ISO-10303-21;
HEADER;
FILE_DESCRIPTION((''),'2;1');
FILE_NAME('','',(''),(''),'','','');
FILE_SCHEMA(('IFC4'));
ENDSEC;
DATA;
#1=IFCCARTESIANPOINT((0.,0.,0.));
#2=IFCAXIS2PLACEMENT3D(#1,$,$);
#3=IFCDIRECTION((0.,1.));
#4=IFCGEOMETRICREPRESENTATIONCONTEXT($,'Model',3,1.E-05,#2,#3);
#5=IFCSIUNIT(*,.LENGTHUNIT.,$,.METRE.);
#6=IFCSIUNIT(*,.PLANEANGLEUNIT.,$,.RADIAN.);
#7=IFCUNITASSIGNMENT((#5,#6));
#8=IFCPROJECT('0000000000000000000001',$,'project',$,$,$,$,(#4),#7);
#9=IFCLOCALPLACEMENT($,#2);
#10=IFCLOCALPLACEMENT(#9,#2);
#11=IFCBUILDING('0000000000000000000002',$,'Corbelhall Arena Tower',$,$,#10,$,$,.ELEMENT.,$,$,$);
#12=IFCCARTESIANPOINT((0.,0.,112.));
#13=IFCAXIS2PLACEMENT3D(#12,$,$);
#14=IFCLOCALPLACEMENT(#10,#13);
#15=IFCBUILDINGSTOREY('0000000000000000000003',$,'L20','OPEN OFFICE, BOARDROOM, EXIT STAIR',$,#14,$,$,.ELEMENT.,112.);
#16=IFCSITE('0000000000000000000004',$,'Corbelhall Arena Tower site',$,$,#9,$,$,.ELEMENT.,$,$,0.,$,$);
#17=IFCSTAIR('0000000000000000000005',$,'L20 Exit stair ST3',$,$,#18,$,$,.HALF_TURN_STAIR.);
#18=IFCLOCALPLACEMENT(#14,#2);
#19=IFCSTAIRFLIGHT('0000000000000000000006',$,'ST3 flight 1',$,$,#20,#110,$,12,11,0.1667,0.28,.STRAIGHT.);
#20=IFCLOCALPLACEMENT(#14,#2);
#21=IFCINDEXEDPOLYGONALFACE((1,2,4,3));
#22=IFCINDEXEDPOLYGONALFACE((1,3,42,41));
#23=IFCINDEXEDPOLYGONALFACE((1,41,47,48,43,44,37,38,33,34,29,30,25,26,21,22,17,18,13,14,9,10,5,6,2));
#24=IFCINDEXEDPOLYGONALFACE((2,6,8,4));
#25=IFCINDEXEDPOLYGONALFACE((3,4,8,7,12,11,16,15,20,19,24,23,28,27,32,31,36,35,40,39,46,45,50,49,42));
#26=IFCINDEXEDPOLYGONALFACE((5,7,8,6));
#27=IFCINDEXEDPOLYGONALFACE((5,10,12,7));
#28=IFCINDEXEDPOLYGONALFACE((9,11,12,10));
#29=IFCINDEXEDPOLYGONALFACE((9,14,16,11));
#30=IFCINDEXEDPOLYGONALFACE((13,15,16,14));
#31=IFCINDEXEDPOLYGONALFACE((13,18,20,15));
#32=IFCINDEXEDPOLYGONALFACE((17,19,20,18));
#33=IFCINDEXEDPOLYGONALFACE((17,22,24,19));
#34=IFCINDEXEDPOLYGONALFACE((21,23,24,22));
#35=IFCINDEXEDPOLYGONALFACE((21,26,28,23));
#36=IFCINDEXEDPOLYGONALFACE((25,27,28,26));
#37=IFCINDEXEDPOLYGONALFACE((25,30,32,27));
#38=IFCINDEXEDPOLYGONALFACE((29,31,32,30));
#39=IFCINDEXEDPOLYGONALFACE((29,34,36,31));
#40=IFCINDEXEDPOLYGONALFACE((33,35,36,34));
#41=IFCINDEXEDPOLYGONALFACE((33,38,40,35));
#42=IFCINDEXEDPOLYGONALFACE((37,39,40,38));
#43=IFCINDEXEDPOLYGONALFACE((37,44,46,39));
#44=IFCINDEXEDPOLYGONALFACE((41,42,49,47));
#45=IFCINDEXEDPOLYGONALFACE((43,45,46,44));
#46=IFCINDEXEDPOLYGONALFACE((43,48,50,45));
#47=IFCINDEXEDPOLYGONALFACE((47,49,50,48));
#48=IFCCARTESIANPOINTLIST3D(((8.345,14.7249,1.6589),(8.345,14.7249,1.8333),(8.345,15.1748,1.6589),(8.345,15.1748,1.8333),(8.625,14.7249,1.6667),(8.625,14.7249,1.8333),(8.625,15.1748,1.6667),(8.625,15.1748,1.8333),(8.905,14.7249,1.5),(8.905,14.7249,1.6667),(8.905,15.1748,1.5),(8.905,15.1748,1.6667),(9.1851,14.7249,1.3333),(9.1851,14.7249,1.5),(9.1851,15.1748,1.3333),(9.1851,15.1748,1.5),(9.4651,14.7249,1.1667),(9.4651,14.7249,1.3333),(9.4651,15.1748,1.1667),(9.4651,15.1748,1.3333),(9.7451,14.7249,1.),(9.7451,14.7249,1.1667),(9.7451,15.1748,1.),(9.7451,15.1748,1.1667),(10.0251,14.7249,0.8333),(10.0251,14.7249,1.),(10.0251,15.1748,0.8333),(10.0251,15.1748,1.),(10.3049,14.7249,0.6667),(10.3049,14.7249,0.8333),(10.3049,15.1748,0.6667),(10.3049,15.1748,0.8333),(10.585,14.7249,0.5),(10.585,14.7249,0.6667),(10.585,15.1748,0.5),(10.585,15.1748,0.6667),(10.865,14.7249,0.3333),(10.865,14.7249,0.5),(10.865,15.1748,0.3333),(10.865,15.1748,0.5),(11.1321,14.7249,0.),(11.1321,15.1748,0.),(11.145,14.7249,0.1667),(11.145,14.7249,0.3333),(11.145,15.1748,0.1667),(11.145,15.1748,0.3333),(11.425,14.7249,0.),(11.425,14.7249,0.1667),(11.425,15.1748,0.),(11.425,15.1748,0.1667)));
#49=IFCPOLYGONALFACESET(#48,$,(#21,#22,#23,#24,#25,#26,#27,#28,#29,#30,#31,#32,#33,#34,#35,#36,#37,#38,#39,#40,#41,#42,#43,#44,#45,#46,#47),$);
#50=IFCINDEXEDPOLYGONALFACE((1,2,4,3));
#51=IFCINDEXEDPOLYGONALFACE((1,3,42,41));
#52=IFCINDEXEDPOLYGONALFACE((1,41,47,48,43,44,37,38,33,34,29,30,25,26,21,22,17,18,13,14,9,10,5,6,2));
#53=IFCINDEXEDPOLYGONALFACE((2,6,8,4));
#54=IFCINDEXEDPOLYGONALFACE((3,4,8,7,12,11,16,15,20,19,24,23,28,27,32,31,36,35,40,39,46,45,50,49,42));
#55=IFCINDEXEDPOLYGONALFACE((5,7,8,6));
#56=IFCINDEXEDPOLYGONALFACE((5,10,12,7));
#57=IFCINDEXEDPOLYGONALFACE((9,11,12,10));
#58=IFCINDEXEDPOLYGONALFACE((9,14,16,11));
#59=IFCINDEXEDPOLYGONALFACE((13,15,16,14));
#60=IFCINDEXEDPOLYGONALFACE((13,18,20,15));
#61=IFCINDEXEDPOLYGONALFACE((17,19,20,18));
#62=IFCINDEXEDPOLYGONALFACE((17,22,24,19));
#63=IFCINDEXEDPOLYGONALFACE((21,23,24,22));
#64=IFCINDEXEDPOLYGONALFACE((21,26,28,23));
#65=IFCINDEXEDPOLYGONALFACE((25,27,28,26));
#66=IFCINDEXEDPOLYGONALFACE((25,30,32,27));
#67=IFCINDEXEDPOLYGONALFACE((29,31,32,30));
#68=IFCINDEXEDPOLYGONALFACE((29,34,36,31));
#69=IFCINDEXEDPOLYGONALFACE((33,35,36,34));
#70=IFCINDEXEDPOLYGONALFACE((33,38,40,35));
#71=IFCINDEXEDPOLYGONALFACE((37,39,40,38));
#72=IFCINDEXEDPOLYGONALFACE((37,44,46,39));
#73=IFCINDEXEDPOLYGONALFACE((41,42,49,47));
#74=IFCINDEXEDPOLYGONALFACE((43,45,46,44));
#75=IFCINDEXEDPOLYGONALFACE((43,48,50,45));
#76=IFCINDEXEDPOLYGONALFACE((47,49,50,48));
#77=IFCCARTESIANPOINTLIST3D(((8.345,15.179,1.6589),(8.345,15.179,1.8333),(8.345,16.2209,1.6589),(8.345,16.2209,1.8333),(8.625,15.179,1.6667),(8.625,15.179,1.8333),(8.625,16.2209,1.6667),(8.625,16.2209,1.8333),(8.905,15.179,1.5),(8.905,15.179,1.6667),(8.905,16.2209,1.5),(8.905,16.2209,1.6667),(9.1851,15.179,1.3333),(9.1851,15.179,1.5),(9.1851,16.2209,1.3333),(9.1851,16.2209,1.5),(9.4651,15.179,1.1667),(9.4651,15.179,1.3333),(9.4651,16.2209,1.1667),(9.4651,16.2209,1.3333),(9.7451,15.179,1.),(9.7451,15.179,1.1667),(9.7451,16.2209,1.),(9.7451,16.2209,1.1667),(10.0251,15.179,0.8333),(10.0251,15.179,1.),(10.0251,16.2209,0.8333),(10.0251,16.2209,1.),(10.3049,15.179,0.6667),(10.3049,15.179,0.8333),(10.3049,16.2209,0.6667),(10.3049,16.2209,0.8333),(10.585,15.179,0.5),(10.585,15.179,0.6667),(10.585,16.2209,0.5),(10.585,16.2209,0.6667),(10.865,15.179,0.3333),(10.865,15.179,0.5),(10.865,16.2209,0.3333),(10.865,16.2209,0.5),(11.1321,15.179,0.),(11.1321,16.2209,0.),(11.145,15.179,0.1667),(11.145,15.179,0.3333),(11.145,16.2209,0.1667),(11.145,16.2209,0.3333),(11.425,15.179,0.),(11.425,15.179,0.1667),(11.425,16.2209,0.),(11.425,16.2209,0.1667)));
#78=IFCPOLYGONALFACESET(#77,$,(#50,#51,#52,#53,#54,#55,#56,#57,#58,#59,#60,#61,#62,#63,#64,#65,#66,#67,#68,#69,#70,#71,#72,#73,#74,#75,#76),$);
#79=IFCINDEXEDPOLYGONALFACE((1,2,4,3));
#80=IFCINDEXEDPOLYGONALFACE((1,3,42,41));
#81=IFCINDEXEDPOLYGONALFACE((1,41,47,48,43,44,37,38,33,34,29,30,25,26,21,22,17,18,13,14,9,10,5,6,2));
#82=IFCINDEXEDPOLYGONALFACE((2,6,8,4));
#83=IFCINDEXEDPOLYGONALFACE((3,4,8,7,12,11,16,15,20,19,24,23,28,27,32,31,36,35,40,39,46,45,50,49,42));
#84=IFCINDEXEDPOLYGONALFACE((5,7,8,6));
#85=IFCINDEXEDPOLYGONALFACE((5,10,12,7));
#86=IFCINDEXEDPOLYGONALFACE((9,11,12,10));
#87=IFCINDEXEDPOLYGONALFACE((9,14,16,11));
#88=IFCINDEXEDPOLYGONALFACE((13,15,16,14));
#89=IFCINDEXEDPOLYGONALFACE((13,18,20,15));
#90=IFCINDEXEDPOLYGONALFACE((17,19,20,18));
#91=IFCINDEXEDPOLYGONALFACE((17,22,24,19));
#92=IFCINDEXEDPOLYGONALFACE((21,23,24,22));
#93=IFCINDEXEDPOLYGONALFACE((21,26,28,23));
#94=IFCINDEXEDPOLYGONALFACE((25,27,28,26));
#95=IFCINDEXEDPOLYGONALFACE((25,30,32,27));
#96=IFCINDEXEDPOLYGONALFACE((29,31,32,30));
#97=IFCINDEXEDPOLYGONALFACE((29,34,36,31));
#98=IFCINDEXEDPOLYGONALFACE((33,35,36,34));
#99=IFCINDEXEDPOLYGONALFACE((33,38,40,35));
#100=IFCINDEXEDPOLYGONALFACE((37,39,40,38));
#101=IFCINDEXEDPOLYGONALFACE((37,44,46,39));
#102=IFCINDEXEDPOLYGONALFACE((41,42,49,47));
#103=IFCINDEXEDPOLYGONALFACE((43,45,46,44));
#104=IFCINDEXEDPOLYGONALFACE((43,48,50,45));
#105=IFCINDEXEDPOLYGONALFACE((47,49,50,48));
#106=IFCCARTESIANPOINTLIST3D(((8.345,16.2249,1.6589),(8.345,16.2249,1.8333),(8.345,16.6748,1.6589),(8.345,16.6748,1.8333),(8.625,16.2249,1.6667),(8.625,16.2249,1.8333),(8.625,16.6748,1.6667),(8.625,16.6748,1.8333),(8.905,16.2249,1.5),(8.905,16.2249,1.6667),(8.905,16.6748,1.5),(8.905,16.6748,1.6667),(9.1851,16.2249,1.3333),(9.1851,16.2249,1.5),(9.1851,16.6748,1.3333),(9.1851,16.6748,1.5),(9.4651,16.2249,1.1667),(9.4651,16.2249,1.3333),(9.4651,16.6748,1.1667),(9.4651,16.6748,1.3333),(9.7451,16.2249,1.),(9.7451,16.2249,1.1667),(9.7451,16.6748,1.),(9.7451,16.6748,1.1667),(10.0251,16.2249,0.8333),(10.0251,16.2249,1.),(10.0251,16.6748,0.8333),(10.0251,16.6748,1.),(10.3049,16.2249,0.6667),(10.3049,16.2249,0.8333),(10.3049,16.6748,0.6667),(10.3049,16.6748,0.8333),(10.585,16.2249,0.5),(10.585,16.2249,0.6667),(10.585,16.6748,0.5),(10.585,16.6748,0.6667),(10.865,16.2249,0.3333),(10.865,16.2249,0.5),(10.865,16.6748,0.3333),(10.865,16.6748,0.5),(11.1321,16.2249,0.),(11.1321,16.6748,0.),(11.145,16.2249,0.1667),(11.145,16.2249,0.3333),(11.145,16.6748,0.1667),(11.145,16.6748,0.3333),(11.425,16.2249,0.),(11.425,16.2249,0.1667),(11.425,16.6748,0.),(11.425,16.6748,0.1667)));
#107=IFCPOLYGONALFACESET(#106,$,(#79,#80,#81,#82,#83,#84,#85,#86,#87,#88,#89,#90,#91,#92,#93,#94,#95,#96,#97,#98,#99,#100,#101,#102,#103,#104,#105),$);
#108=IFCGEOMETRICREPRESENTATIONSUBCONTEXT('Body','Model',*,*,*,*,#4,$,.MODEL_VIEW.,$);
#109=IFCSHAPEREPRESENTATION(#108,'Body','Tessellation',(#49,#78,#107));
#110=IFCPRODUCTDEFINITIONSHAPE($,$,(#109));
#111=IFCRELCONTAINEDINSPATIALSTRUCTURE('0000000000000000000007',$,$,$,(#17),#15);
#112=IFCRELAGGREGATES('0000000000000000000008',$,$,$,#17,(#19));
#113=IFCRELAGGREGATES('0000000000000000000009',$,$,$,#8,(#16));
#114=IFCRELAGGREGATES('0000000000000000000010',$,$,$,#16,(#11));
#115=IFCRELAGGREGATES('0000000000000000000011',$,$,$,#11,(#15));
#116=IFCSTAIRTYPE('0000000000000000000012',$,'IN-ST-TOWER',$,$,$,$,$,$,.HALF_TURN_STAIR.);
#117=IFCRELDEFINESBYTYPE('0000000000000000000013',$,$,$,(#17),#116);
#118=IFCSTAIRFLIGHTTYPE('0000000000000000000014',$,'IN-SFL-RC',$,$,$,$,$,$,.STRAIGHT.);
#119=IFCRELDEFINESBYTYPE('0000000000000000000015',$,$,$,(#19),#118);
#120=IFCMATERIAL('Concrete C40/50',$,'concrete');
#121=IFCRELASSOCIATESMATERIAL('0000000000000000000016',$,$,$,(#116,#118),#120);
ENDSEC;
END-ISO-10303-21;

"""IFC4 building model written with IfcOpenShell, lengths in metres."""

from ifc_helpers import new_model, si_unit, direction, frame, origin, place, context, subcontext, project, spatial, polyline, outline, extrude, material, type_object, element, aggregate, save


model = new_model("IFC4")

# Units and contexts
model_context = context("Model", 3, precision=1e-05, world=origin(), true_north=direction((0.0, 1.0)))
body_context = subcontext(model_context, "Body", "Model", "MODEL_VIEW")
ifc_project = project(units=[si_unit("LENGTHUNIT", "METRE"), si_unit("PLANEANGLEUNIT", "RADIAN")], contexts=[model_context])

# Site, building, storey
site_placement = place(None, origin())
site = spatial("IfcSite", under=ifc_project, at=site_placement, Name="Corbelhall Arena Tower site", CompositionType="ELEMENT", RefElevation=0.0)
building_placement = place(site_placement, origin())
building = spatial("IfcBuilding", under=site, at=building_placement, Name="Corbelhall Arena Tower", CompositionType="ELEMENT")
storey_placement = place(building_placement, frame((0.0, 0.0, 112.0)))
storey = spatial("IfcBuildingStorey", under=building, at=storey_placement, Name="L20", Description="OPEN OFFICE, BOARDROOM, EXIT STAIR", CompositionType="ELEMENT", Elevation=112.0)

# Shared definitions
ifc_material_1 = material(Name="Concrete C40/50", Category="concrete")

# Stair, stair flight
stair_type = type_object("IfcStairType", Name="IN-ST-TOWER", PredefinedType="HALF_TURN_STAIR", material=ifc_material_1)
stair_placement = place(storey_placement, origin())
stair = element("IfcStair", 1, at=stair_placement, inside=storey, type_object=stair_type, Name="L20 Exit stair ST3", PredefinedType="HALF_TURN_STAIR")
stair_flight_type = type_object("IfcStairFlightType", Name="IN-SFL-RC", PredefinedType="STRAIGHT", material=ifc_material_1)
stair_flight_1_placement = place(storey_placement, frame((11.425, 15.7, 0.0), z_axis=(0.0, 0.0, 1.0), x_axis=(-1.0, 0.0, 0.0)))
stair_flight_1 = element("IfcStairFlight", 2, at=stair_flight_1_placement, type_object=stair_flight_type, Name="ST3 flight 1", NumberOfRisers=12, NumberOfTreads=11, PredefinedType="STRAIGHT", RiserHeight=0.1667, TreadLength=0.28, context=body_context, shape_type="SweptSolid", body=[
    extrude(outline(polyline([(0.0, 0.0), (0.0, 0.1667), (0.28, 0.1667), (0.28, 0.3333), (0.5601, 0.3333), (0.5601, 0.5), (0.8401, 0.5), (0.8401, 0.6667), (1.1201, 0.6667), (1.1201, 0.8333), (1.3999, 0.8333), (1.3999, 1.0), (1.6799, 1.0), (1.6799, 1.1667), (1.96, 1.1667), (1.96, 1.3333), (2.24, 1.3333), (2.24, 1.5), (2.52, 1.5), (2.52, 1.6667), (2.8, 1.6667), (2.8, 1.8333), (3.0801, 1.8333), (3.0801, 2.0), (3.0801, 1.6589), (0.293, 0.0), (0.0, 0.0)])), frame((0.0, 0.9751, 0.0), z_axis=(0.0, -1.0, 0.0), x_axis=(1.0, 0.0, 0.0)), (0.0, 0.0, 1.0), 0.45),
    extrude(outline(polyline([(0.0, 0.0), (0.0, 0.1667), (0.28, 0.1667), (0.28, 0.3333), (0.5601, 0.3333), (0.5601, 0.5), (0.8401, 0.5), (0.8401, 0.6667), (1.1201, 0.6667), (1.1201, 0.8333), (1.3999, 0.8333), (1.3999, 1.0), (1.6799, 1.0), (1.6799, 1.1667), (1.96, 1.1667), (1.96, 1.3333), (2.24, 1.3333), (2.24, 1.5), (2.52, 1.5), (2.52, 1.6667), (2.8, 1.6667), (2.8, 1.8333), (3.0801, 1.8333), (3.0801, 2.0), (3.0801, 1.6589), (0.293, 0.0), (0.0, 0.0)])), frame((0.0, 0.521, 0.0), z_axis=(0.0, -1.0, 0.0), x_axis=(1.0, 0.0, 0.0)), (0.0, 0.0, 1.0), 1.042),
    extrude(outline(polyline([(0.0, 0.0), (0.0, 0.1667), (0.28, 0.1667), (0.28, 0.3333), (0.5601, 0.3333), (0.5601, 0.5), (0.8401, 0.5), (0.8401, 0.6667), (1.1201, 0.6667), (1.1201, 0.8333), (1.3999, 0.8333), (1.3999, 1.0), (1.6799, 1.0), (1.6799, 1.1667), (1.96, 1.1667), (1.96, 1.3333), (2.24, 1.3333), (2.24, 1.5), (2.52, 1.5), (2.52, 1.6667), (2.8, 1.6667), (2.8, 1.8333), (3.0801, 1.8333), (3.0801, 2.0), (3.0801, 1.6589), (0.293, 0.0), (0.0, 0.0)])), frame((0.0, -0.5249, 0.0), z_axis=(0.0, -1.0, 0.0), x_axis=(1.0, 0.0, 0.0)), (0.0, 0.0, 1.0), 0.45),
])
aggregate(stair, [stair_flight_1])

save(model, "model.ifc")
